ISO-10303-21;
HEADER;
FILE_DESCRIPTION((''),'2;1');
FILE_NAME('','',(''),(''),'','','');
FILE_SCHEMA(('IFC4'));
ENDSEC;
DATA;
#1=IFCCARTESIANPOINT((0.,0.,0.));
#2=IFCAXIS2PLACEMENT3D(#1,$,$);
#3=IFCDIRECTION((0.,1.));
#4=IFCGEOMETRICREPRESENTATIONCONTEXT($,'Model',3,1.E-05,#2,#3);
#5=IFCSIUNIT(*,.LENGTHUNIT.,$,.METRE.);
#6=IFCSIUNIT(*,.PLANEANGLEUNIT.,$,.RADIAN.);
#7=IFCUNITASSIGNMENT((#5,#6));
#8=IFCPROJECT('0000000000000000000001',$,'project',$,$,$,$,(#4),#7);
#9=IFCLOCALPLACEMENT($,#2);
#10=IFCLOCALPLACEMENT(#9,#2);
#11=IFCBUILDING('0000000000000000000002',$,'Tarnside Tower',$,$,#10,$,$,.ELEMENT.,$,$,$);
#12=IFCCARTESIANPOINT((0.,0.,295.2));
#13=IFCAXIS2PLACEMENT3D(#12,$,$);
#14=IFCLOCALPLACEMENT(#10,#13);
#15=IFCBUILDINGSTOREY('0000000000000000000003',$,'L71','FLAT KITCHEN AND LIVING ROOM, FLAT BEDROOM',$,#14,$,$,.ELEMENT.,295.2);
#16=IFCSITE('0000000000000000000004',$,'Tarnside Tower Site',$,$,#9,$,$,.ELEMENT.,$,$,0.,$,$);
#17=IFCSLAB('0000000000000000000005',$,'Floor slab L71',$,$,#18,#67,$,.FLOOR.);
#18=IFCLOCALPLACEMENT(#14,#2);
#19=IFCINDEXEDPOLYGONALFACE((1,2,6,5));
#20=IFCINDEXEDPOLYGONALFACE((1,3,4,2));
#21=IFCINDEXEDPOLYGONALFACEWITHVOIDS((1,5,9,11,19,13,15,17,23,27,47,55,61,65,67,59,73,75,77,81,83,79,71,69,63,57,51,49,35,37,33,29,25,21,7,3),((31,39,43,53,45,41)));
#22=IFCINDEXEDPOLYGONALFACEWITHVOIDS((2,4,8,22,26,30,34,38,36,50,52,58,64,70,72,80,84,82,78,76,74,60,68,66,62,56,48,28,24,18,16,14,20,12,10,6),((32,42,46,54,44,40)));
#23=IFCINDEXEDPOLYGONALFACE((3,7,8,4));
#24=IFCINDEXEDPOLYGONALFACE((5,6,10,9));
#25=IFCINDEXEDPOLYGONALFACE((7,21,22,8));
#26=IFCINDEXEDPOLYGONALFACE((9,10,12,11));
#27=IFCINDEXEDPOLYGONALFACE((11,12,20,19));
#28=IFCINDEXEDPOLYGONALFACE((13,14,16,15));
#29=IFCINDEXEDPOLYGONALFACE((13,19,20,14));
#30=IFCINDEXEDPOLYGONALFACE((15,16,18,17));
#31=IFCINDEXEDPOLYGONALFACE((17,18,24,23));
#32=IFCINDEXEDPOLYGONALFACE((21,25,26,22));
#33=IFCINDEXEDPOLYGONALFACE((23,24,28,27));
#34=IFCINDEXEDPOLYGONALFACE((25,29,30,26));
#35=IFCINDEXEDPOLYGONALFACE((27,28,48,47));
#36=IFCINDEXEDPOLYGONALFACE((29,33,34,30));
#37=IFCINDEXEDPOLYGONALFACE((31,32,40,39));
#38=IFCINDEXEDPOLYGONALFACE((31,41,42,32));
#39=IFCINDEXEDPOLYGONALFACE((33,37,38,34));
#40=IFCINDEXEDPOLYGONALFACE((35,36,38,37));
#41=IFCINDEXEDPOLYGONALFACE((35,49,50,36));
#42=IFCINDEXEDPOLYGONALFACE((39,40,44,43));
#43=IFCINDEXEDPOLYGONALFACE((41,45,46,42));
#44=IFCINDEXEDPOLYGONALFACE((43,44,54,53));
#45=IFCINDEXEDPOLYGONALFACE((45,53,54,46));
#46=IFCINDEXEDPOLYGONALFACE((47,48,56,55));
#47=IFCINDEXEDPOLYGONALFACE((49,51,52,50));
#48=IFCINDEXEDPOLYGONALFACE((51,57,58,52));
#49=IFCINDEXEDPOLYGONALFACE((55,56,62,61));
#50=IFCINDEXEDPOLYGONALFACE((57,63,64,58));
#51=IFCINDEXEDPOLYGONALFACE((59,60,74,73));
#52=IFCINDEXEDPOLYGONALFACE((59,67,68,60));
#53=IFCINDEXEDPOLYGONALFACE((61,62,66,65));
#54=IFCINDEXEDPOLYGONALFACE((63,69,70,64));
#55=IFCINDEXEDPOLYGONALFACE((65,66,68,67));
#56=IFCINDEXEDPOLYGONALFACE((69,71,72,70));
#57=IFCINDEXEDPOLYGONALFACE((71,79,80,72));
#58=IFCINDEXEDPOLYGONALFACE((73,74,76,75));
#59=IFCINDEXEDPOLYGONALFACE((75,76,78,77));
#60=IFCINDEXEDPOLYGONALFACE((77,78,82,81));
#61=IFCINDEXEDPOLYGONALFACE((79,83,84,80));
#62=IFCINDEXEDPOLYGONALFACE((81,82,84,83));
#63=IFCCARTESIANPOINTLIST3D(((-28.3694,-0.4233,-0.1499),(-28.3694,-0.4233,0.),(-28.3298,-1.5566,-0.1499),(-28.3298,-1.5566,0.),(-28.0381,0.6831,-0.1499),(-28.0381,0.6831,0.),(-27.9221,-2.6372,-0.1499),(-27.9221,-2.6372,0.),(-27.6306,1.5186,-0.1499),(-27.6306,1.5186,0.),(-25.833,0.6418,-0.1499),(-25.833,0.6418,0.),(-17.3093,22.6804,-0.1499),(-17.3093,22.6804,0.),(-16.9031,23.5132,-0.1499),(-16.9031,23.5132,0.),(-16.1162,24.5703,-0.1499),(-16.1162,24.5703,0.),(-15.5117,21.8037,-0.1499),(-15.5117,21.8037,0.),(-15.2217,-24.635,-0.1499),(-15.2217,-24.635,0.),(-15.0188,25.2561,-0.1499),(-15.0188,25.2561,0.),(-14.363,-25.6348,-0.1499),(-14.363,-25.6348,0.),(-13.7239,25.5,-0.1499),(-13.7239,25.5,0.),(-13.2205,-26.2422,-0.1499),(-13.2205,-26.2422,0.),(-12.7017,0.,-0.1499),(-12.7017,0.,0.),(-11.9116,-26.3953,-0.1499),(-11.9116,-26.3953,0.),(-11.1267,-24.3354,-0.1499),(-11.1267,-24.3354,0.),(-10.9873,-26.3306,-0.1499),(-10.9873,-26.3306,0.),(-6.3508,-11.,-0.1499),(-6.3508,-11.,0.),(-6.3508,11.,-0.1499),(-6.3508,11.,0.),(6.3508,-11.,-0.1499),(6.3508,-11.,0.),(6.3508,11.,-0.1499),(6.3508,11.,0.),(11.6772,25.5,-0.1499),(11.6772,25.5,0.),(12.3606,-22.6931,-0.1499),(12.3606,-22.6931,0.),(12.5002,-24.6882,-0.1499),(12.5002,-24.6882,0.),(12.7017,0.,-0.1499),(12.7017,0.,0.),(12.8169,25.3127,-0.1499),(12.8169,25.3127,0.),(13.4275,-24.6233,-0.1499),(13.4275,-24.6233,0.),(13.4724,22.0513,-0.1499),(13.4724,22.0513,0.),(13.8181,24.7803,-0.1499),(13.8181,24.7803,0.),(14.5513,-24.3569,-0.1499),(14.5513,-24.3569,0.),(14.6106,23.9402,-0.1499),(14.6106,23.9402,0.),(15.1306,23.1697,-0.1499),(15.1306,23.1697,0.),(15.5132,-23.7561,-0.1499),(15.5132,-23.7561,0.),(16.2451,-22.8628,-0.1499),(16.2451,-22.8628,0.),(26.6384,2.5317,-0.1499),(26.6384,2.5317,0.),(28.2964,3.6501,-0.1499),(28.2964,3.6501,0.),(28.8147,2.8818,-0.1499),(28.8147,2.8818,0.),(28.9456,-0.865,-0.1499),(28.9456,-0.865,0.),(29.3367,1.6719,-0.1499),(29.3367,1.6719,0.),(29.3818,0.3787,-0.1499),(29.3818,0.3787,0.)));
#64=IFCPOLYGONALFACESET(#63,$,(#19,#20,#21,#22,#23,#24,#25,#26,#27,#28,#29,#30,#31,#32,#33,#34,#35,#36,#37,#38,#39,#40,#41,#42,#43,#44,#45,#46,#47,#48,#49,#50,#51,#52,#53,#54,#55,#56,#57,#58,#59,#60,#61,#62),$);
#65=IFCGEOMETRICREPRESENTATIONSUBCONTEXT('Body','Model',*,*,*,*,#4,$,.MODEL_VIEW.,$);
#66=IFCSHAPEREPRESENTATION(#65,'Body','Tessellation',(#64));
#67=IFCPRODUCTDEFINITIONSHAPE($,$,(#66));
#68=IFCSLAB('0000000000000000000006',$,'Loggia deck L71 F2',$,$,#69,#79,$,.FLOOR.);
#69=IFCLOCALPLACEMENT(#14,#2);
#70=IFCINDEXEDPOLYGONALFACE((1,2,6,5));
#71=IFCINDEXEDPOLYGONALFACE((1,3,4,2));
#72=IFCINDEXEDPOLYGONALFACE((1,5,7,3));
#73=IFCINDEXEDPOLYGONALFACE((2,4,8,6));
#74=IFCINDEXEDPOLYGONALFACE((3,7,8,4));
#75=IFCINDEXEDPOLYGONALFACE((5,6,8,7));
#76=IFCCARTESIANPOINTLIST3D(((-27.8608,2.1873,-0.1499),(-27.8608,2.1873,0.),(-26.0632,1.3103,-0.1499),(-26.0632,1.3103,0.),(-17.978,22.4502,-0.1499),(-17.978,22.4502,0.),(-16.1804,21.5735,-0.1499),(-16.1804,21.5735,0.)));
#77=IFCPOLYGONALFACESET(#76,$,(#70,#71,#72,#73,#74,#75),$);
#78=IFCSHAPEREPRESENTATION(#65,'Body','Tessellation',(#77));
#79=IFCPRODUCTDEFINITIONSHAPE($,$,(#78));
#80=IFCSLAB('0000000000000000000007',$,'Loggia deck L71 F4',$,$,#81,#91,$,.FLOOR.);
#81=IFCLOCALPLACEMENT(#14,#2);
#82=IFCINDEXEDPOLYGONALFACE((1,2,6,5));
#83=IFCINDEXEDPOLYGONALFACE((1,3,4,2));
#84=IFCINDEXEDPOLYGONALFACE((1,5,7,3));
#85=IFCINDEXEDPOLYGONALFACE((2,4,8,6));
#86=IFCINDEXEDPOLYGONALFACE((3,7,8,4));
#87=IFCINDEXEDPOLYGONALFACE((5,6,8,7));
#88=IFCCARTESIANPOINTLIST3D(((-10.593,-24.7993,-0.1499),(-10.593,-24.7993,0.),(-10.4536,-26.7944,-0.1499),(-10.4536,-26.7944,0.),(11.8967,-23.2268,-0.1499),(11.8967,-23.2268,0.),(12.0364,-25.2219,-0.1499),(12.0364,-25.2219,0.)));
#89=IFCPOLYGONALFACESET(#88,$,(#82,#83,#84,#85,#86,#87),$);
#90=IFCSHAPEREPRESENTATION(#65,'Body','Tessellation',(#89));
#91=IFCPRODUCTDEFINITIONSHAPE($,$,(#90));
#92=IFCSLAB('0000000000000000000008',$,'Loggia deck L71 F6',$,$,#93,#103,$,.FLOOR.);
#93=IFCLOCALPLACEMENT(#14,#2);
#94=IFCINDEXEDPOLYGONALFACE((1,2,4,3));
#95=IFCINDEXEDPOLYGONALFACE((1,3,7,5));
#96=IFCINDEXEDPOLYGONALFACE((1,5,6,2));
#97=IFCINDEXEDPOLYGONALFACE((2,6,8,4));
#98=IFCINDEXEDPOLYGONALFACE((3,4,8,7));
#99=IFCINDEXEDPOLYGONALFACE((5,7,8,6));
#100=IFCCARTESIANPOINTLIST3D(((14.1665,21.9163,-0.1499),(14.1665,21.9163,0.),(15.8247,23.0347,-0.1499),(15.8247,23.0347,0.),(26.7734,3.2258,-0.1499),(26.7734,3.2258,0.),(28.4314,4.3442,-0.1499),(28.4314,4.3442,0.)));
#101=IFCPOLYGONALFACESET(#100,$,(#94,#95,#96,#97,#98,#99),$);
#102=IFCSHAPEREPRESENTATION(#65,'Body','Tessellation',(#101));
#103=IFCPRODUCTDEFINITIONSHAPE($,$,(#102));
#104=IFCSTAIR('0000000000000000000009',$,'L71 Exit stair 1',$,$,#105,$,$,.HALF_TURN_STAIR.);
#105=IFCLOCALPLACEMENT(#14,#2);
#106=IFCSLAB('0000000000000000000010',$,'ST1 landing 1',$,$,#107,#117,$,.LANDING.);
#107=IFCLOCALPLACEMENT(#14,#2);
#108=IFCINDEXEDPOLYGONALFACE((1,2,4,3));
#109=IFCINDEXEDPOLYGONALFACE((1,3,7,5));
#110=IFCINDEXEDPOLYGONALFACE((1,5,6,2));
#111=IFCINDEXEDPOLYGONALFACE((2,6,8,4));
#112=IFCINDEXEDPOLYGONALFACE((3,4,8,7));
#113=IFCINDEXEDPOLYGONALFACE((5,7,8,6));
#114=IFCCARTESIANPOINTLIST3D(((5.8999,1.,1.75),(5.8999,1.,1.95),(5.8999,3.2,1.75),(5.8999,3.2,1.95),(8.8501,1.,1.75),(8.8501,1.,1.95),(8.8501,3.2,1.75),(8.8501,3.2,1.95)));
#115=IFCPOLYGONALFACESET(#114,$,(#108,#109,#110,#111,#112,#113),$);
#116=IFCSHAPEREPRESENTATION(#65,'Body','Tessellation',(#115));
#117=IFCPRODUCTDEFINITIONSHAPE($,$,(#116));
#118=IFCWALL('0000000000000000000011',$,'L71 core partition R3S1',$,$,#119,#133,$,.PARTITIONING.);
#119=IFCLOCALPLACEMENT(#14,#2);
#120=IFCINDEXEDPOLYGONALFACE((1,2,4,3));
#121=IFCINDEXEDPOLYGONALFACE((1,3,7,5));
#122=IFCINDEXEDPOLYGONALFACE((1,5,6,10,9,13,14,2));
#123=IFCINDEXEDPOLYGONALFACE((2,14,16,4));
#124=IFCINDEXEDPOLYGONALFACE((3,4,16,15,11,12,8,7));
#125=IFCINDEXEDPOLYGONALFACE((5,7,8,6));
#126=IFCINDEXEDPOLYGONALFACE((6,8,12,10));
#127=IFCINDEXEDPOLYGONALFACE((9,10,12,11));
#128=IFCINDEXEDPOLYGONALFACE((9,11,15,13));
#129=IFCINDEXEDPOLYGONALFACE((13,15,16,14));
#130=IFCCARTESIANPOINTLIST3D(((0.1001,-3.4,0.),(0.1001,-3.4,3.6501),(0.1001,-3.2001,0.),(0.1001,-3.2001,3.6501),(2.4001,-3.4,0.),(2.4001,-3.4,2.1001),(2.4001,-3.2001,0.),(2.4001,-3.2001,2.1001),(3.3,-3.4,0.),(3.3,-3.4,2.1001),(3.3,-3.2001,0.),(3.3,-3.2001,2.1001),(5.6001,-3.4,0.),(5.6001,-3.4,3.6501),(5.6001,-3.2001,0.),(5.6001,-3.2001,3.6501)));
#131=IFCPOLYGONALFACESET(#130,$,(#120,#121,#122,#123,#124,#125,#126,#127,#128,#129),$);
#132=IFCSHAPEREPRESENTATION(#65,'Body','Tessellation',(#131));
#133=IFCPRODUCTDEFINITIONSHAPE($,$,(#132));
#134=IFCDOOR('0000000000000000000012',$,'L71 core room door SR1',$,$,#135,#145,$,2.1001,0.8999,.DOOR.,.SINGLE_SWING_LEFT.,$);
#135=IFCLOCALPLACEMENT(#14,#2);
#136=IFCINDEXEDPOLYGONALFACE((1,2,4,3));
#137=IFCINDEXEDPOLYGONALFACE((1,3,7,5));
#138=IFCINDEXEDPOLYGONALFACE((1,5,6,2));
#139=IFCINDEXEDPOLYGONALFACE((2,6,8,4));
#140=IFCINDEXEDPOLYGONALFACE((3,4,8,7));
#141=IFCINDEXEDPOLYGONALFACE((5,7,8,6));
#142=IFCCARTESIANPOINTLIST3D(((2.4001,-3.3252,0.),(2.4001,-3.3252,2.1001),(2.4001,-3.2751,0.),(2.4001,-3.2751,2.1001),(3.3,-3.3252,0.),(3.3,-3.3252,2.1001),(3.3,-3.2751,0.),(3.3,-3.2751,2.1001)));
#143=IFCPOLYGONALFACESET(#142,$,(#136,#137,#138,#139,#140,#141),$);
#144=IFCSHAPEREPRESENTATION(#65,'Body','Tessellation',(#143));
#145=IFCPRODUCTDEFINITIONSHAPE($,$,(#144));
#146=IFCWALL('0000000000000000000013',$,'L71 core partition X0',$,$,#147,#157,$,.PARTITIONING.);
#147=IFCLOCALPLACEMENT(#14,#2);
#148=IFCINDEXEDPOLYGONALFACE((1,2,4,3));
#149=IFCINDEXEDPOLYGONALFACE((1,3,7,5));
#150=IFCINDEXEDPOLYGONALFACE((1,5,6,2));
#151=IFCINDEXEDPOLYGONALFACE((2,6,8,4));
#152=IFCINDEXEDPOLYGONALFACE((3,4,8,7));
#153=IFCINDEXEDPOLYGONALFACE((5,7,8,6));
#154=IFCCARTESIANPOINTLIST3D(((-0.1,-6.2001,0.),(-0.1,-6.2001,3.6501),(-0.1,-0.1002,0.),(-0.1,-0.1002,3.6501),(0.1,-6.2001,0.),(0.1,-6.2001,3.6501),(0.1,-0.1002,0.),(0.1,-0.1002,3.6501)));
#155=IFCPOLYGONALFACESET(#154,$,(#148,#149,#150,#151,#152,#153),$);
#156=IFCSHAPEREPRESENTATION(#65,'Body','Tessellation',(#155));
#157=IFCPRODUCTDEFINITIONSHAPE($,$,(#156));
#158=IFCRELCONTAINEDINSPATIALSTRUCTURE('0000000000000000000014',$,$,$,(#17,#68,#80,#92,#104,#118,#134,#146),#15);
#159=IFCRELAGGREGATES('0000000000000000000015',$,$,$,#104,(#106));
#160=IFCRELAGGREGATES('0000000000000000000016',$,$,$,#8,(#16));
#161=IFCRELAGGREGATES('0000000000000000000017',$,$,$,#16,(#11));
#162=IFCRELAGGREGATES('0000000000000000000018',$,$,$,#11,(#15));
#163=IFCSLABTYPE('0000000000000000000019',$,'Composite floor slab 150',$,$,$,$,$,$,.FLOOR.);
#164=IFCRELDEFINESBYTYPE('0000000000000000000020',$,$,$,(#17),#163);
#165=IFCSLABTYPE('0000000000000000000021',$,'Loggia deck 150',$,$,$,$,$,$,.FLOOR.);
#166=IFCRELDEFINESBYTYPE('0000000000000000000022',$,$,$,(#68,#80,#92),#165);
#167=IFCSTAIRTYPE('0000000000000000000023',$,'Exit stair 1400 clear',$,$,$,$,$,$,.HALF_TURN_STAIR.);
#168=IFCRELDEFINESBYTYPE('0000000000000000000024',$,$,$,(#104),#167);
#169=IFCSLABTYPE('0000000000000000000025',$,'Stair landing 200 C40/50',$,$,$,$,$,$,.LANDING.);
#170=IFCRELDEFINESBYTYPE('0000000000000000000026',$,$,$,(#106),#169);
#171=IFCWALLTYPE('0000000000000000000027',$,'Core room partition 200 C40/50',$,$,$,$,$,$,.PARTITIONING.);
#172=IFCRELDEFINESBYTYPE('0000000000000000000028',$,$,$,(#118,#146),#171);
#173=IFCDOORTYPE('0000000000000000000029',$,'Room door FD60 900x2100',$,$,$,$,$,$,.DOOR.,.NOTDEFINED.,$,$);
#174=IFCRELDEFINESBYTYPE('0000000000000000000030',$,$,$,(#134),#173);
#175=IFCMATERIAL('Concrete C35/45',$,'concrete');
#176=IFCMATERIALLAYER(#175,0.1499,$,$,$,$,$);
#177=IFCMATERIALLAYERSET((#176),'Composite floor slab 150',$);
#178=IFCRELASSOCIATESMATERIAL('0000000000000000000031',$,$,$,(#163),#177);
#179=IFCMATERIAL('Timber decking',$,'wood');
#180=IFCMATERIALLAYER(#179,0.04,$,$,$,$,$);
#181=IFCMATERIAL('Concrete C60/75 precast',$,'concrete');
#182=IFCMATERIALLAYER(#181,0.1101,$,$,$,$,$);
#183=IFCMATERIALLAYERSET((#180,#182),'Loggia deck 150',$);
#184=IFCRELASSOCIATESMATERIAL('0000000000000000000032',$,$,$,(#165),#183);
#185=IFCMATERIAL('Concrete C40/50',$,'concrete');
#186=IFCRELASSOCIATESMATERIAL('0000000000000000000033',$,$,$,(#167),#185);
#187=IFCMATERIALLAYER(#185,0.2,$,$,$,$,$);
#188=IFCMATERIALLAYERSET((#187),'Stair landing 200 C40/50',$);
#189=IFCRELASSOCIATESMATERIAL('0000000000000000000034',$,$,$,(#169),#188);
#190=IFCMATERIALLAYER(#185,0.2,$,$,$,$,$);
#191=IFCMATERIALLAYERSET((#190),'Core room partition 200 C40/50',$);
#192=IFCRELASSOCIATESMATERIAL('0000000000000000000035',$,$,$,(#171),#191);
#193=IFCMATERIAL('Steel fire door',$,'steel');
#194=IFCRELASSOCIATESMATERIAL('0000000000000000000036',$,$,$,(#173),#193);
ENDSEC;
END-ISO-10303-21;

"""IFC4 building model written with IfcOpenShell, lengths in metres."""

from ifc_helpers import new_model, si_unit, direction, frame, frame_2d, origin, place, context, subcontext, project, spatial, polyline, rectangle, outline, extrude, material, layer, layer_set, type_object, element, fill, aggregate, save


model = new_model("IFC4")

# Units and contexts
model_context = context("Model", 3, precision=1e-05, world=origin(), true_north=direction((0.0, 1.0)))
body_context = subcontext(model_context, "Body", "Model", "MODEL_VIEW")
ifc_project = project(units=[si_unit("LENGTHUNIT", "METRE"), si_unit("PLANEANGLEUNIT", "RADIAN")], contexts=[model_context])

# Site, building, storey
site_placement = place(None, origin())
site = spatial("IfcSite", under=ifc_project, at=site_placement, Name="Tarnside Tower Site", CompositionType="ELEMENT", RefElevation=0.0)
building_placement = place(site_placement, origin())
building = spatial("IfcBuilding", under=site, at=building_placement, Name="Tarnside Tower", CompositionType="ELEMENT")
storey_placement = place(building_placement, frame((0.0, 0.0, 295.2)))
storey = spatial("IfcBuildingStorey", under=building, at=storey_placement, Name="L71", Description="FLAT KITCHEN AND LIVING ROOM, FLAT BEDROOM", CompositionType="ELEMENT", Elevation=295.2)

# Slabs
ifc_material_1 = material(Name="Concrete C35/45", Category="concrete")
ifc_layer_1 = layer(ifc_material_1, 0.1499)
ifc_layer_set_1 = layer_set([ifc_layer_1], Name="Composite floor slab 150")
slab_type_1 = type_object("IfcSlabType", Name="Composite floor slab 150", PredefinedType="FLOOR", material=ifc_layer_set_1)
slab_1_placement = place(storey_placement, frame((0.0, 0.0, -0.1499)))
element("IfcSlab", 1, at=slab_1_placement, inside=storey, type_object=slab_type_1, Name="Floor slab L71", PredefinedType="FLOOR", context=body_context, shape_type="SweptSolid", body=[
    extrude(outline(polyline([(12.8169, 25.3127), (13.8181, 24.7803), (14.6106, 23.9402), (15.1306, 23.1697), (13.4724, 22.0513), (26.6384, 2.5317), (28.2964, 3.6501), (28.8147, 2.8818), (29.3367, 1.6719), (29.3818, 0.3787), (28.9456, -0.865), (16.2451, -22.8628), (15.5132, -23.7561), (14.5513, -24.3569), (13.4275, -24.6233), (12.5002, -24.6882), (12.3606, -22.6931), (-11.1267, -24.3354), (-10.9873, -26.3306), (-11.9116, -26.3953), (-13.2205, -26.2422), (-14.363, -25.6348), (-15.2217, -24.635), (-27.9221, -2.6372), (-28.3298, -1.5566), (-28.3694, -0.4233), (-28.0381, 0.6831), (-27.6306, 1.5186), (-25.833, 0.6418), (-15.5117, 21.8037), (-17.3093, 22.6804), (-16.9031, 23.5132), (-16.1162, 24.5703), (-15.0188, 25.2561), (-13.7239, 25.5), (11.6772, 25.5), (12.8169, 25.3127)]), holes=[polyline([(-12.7017, 0.0), (-6.3508, -11.0), (6.3508, -11.0), (12.7017, 0.0), (6.3508, 11.0), (-6.3508, 11.0), (-12.7017, 0.0)])]), origin(), (0.0, 0.0, 1.0), 0.1499),
])
ifc_material_2 = material(Name="Timber decking", Category="wood")
ifc_layer_2 = layer(ifc_material_2, 0.04)
ifc_material_3 = material(Name="Concrete C60/75 precast", Category="concrete")
ifc_layer_3 = layer(ifc_material_3, 0.1101)
ifc_layer_set_2 = layer_set([ifc_layer_2, ifc_layer_3], Name="Loggia deck 150")
slab_type_2 = type_object("IfcSlabType", Name="Loggia deck 150", PredefinedType="FLOOR", material=ifc_layer_set_2)
slab_2_placement = place(storey_placement, frame((0.0, 0.0, -0.1499)))
element("IfcSlab", 2, at=slab_2_placement, inside=storey, type_object=slab_type_2, Name="Loggia deck L71 F2", PredefinedType="FLOOR", context=body_context, shape_type="SweptSolid", body=[
    extrude(outline(polyline([(-16.1804, 21.5735), (-26.0632, 1.3103), (-27.8608, 2.1873), (-17.978, 22.4502), (-16.1804, 21.5735)])), origin(), (0.0, 0.0, 1.0), 0.1499),
])
slab_3_placement = place(storey_placement, frame((0.0, 0.0, -0.1499)))
element("IfcSlab", 3, at=slab_3_placement, inside=storey, type_object=slab_type_2, Name="Loggia deck L71 F4", PredefinedType="FLOOR", context=body_context, shape_type="SweptSolid", body=[
    extrude(outline(polyline([(-10.593, -24.7993), (11.8967, -23.2268), (12.0364, -25.2219), (-10.4536, -26.7944), (-10.593, -24.7993)])), origin(), (0.0, 0.0, 1.0), 0.1499),
])
slab_4_placement = place(storey_placement, frame((0.0, 0.0, -0.1499)))
element("IfcSlab", 4, at=slab_4_placement, inside=storey, type_object=slab_type_2, Name="Loggia deck L71 F6", PredefinedType="FLOOR", context=body_context, shape_type="SweptSolid", body=[
    extrude(outline(polyline([(26.7734, 3.2258), (14.1665, 21.9163), (15.8247, 23.0347), (28.4314, 4.3442), (26.7734, 3.2258)])), origin(), (0.0, 0.0, 1.0), 0.1499),
])

# Stair, slab
ifc_material_4 = material(Name="Concrete C40/50", Category="concrete")
stair_type = type_object("IfcStairType", Name="Exit stair 1400 clear", PredefinedType="HALF_TURN_STAIR", material=ifc_material_4)
stair_placement = place(storey_placement, origin())
stair = element("IfcStair", 5, at=stair_placement, inside=storey, type_object=stair_type, Name="L71 Exit stair 1", PredefinedType="HALF_TURN_STAIR")
ifc_layer_4 = layer(ifc_material_4, 0.2)
ifc_layer_set_3 = layer_set([ifc_layer_4], Name="Stair landing 200 C40/50")
slab_type_3 = type_object("IfcSlabType", Name="Stair landing 200 C40/50", PredefinedType="LANDING", material=ifc_layer_set_3)
slab_5_placement = place(storey_placement, frame((0.0, 0.0, 1.75)))
slab_5 = element("IfcSlab", 6, at=slab_5_placement, type_object=slab_type_3, Name="ST1 landing 1", PredefinedType="LANDING", context=body_context, shape_type="SweptSolid", body=[
    extrude(outline(polyline([(8.8501, 1.0), (8.8501, 3.2), (5.8999, 3.2), (5.8999, 1.0), (8.8501, 1.0)])), origin(), (0.0, 0.0, 1.0), 0.2),
])

# Wall, opening, door
ifc_layer_5 = layer(ifc_material_4, 0.2)
ifc_layer_set_4 = layer_set([ifc_layer_5], Name="Core room partition 200 C40/50")
wall_type_1 = type_object("IfcWallType", Name="Core room partition 200 C40/50", PredefinedType="PARTITIONING", material=ifc_layer_set_4)
wall_1_placement = place(storey_placement, frame((0.1001, -3.3, 0.0), z_axis=(0.0, 0.0, 1.0), x_axis=(1.0, 0.0, 0.0)))
wall_1 = element("IfcWall", 7, at=wall_1_placement, inside=storey, type_object=wall_type_1, Name="L71 core partition R3S1", PredefinedType="PARTITIONING", context=body_context, shape_type="SweptSolid", body=[
    extrude(rectangle(XDim=5.5, YDim=0.2, at=frame_2d((2.75, 0.0))), origin(), (0.0, 0.0, 1.0), 3.6501),
])
opening_1_placement = place(wall_1_placement, frame((2.3, 0.0, 0.0)))
opening_1 = element("IfcOpeningElement", 8, at=opening_1_placement, cuts=wall_1, PredefinedType="OPENING", context=body_context, shape_type="SweptSolid", body=[
    extrude(rectangle(XDim=0.8999, YDim=2.1001, at=frame_2d((0.45, 1.05))), frame((0.0, 0.1099, 0.0), z_axis=(0.0, -1.0, 0.0), x_axis=(1.0, 0.0, 0.0)), (0.0, 0.0, 1.0), 0.22),
])
ifc_material_5 = material(Name="Steel fire door", Category="steel")
door_type_1 = type_object("IfcDoorType", Name="Room door FD60 900x2100", OperationType="NOTDEFINED", PredefinedType="DOOR", material=ifc_material_5)
door_1_placement = place(opening_1_placement, origin())
door_1 = element("IfcDoor", 9, at=door_1_placement, inside=storey, type_object=door_type_1, Name="L71 core room door SR1", OperationType="SINGLE_SWING_LEFT", OverallHeight=2.1001, OverallWidth=0.8999, PredefinedType="DOOR", context=body_context, shape_type="SweptSolid", body=[
    extrude(rectangle(XDim=0.8999, YDim=2.1001, at=frame_2d((0.45, 1.05))), frame((0.0, 0.0249, 0.0), z_axis=(0.0, -1.0, 0.0), x_axis=(1.0, 0.0, 0.0)), (0.0, 0.0, 1.0), 0.05),
])
fill(opening_1, door_1)

# Wall
wall_2_placement = place(storey_placement, frame((0.0, -6.2, 0.0), z_axis=(0.0, 0.0, 1.0), x_axis=(0.0, 1.0, 0.0)))
element("IfcWall", 10, at=wall_2_placement, inside=storey, type_object=wall_type_1, Name="L71 core partition X0", PredefinedType="PARTITIONING", context=body_context, shape_type="SweptSolid", body=[
    extrude(rectangle(XDim=6.0999, YDim=0.2, at=frame_2d((3.0498, 0.0))), origin(), (0.0, 0.0, 1.0), 3.6501),
])

aggregate(stair, [slab_5])

save(model, "model.ifc")
